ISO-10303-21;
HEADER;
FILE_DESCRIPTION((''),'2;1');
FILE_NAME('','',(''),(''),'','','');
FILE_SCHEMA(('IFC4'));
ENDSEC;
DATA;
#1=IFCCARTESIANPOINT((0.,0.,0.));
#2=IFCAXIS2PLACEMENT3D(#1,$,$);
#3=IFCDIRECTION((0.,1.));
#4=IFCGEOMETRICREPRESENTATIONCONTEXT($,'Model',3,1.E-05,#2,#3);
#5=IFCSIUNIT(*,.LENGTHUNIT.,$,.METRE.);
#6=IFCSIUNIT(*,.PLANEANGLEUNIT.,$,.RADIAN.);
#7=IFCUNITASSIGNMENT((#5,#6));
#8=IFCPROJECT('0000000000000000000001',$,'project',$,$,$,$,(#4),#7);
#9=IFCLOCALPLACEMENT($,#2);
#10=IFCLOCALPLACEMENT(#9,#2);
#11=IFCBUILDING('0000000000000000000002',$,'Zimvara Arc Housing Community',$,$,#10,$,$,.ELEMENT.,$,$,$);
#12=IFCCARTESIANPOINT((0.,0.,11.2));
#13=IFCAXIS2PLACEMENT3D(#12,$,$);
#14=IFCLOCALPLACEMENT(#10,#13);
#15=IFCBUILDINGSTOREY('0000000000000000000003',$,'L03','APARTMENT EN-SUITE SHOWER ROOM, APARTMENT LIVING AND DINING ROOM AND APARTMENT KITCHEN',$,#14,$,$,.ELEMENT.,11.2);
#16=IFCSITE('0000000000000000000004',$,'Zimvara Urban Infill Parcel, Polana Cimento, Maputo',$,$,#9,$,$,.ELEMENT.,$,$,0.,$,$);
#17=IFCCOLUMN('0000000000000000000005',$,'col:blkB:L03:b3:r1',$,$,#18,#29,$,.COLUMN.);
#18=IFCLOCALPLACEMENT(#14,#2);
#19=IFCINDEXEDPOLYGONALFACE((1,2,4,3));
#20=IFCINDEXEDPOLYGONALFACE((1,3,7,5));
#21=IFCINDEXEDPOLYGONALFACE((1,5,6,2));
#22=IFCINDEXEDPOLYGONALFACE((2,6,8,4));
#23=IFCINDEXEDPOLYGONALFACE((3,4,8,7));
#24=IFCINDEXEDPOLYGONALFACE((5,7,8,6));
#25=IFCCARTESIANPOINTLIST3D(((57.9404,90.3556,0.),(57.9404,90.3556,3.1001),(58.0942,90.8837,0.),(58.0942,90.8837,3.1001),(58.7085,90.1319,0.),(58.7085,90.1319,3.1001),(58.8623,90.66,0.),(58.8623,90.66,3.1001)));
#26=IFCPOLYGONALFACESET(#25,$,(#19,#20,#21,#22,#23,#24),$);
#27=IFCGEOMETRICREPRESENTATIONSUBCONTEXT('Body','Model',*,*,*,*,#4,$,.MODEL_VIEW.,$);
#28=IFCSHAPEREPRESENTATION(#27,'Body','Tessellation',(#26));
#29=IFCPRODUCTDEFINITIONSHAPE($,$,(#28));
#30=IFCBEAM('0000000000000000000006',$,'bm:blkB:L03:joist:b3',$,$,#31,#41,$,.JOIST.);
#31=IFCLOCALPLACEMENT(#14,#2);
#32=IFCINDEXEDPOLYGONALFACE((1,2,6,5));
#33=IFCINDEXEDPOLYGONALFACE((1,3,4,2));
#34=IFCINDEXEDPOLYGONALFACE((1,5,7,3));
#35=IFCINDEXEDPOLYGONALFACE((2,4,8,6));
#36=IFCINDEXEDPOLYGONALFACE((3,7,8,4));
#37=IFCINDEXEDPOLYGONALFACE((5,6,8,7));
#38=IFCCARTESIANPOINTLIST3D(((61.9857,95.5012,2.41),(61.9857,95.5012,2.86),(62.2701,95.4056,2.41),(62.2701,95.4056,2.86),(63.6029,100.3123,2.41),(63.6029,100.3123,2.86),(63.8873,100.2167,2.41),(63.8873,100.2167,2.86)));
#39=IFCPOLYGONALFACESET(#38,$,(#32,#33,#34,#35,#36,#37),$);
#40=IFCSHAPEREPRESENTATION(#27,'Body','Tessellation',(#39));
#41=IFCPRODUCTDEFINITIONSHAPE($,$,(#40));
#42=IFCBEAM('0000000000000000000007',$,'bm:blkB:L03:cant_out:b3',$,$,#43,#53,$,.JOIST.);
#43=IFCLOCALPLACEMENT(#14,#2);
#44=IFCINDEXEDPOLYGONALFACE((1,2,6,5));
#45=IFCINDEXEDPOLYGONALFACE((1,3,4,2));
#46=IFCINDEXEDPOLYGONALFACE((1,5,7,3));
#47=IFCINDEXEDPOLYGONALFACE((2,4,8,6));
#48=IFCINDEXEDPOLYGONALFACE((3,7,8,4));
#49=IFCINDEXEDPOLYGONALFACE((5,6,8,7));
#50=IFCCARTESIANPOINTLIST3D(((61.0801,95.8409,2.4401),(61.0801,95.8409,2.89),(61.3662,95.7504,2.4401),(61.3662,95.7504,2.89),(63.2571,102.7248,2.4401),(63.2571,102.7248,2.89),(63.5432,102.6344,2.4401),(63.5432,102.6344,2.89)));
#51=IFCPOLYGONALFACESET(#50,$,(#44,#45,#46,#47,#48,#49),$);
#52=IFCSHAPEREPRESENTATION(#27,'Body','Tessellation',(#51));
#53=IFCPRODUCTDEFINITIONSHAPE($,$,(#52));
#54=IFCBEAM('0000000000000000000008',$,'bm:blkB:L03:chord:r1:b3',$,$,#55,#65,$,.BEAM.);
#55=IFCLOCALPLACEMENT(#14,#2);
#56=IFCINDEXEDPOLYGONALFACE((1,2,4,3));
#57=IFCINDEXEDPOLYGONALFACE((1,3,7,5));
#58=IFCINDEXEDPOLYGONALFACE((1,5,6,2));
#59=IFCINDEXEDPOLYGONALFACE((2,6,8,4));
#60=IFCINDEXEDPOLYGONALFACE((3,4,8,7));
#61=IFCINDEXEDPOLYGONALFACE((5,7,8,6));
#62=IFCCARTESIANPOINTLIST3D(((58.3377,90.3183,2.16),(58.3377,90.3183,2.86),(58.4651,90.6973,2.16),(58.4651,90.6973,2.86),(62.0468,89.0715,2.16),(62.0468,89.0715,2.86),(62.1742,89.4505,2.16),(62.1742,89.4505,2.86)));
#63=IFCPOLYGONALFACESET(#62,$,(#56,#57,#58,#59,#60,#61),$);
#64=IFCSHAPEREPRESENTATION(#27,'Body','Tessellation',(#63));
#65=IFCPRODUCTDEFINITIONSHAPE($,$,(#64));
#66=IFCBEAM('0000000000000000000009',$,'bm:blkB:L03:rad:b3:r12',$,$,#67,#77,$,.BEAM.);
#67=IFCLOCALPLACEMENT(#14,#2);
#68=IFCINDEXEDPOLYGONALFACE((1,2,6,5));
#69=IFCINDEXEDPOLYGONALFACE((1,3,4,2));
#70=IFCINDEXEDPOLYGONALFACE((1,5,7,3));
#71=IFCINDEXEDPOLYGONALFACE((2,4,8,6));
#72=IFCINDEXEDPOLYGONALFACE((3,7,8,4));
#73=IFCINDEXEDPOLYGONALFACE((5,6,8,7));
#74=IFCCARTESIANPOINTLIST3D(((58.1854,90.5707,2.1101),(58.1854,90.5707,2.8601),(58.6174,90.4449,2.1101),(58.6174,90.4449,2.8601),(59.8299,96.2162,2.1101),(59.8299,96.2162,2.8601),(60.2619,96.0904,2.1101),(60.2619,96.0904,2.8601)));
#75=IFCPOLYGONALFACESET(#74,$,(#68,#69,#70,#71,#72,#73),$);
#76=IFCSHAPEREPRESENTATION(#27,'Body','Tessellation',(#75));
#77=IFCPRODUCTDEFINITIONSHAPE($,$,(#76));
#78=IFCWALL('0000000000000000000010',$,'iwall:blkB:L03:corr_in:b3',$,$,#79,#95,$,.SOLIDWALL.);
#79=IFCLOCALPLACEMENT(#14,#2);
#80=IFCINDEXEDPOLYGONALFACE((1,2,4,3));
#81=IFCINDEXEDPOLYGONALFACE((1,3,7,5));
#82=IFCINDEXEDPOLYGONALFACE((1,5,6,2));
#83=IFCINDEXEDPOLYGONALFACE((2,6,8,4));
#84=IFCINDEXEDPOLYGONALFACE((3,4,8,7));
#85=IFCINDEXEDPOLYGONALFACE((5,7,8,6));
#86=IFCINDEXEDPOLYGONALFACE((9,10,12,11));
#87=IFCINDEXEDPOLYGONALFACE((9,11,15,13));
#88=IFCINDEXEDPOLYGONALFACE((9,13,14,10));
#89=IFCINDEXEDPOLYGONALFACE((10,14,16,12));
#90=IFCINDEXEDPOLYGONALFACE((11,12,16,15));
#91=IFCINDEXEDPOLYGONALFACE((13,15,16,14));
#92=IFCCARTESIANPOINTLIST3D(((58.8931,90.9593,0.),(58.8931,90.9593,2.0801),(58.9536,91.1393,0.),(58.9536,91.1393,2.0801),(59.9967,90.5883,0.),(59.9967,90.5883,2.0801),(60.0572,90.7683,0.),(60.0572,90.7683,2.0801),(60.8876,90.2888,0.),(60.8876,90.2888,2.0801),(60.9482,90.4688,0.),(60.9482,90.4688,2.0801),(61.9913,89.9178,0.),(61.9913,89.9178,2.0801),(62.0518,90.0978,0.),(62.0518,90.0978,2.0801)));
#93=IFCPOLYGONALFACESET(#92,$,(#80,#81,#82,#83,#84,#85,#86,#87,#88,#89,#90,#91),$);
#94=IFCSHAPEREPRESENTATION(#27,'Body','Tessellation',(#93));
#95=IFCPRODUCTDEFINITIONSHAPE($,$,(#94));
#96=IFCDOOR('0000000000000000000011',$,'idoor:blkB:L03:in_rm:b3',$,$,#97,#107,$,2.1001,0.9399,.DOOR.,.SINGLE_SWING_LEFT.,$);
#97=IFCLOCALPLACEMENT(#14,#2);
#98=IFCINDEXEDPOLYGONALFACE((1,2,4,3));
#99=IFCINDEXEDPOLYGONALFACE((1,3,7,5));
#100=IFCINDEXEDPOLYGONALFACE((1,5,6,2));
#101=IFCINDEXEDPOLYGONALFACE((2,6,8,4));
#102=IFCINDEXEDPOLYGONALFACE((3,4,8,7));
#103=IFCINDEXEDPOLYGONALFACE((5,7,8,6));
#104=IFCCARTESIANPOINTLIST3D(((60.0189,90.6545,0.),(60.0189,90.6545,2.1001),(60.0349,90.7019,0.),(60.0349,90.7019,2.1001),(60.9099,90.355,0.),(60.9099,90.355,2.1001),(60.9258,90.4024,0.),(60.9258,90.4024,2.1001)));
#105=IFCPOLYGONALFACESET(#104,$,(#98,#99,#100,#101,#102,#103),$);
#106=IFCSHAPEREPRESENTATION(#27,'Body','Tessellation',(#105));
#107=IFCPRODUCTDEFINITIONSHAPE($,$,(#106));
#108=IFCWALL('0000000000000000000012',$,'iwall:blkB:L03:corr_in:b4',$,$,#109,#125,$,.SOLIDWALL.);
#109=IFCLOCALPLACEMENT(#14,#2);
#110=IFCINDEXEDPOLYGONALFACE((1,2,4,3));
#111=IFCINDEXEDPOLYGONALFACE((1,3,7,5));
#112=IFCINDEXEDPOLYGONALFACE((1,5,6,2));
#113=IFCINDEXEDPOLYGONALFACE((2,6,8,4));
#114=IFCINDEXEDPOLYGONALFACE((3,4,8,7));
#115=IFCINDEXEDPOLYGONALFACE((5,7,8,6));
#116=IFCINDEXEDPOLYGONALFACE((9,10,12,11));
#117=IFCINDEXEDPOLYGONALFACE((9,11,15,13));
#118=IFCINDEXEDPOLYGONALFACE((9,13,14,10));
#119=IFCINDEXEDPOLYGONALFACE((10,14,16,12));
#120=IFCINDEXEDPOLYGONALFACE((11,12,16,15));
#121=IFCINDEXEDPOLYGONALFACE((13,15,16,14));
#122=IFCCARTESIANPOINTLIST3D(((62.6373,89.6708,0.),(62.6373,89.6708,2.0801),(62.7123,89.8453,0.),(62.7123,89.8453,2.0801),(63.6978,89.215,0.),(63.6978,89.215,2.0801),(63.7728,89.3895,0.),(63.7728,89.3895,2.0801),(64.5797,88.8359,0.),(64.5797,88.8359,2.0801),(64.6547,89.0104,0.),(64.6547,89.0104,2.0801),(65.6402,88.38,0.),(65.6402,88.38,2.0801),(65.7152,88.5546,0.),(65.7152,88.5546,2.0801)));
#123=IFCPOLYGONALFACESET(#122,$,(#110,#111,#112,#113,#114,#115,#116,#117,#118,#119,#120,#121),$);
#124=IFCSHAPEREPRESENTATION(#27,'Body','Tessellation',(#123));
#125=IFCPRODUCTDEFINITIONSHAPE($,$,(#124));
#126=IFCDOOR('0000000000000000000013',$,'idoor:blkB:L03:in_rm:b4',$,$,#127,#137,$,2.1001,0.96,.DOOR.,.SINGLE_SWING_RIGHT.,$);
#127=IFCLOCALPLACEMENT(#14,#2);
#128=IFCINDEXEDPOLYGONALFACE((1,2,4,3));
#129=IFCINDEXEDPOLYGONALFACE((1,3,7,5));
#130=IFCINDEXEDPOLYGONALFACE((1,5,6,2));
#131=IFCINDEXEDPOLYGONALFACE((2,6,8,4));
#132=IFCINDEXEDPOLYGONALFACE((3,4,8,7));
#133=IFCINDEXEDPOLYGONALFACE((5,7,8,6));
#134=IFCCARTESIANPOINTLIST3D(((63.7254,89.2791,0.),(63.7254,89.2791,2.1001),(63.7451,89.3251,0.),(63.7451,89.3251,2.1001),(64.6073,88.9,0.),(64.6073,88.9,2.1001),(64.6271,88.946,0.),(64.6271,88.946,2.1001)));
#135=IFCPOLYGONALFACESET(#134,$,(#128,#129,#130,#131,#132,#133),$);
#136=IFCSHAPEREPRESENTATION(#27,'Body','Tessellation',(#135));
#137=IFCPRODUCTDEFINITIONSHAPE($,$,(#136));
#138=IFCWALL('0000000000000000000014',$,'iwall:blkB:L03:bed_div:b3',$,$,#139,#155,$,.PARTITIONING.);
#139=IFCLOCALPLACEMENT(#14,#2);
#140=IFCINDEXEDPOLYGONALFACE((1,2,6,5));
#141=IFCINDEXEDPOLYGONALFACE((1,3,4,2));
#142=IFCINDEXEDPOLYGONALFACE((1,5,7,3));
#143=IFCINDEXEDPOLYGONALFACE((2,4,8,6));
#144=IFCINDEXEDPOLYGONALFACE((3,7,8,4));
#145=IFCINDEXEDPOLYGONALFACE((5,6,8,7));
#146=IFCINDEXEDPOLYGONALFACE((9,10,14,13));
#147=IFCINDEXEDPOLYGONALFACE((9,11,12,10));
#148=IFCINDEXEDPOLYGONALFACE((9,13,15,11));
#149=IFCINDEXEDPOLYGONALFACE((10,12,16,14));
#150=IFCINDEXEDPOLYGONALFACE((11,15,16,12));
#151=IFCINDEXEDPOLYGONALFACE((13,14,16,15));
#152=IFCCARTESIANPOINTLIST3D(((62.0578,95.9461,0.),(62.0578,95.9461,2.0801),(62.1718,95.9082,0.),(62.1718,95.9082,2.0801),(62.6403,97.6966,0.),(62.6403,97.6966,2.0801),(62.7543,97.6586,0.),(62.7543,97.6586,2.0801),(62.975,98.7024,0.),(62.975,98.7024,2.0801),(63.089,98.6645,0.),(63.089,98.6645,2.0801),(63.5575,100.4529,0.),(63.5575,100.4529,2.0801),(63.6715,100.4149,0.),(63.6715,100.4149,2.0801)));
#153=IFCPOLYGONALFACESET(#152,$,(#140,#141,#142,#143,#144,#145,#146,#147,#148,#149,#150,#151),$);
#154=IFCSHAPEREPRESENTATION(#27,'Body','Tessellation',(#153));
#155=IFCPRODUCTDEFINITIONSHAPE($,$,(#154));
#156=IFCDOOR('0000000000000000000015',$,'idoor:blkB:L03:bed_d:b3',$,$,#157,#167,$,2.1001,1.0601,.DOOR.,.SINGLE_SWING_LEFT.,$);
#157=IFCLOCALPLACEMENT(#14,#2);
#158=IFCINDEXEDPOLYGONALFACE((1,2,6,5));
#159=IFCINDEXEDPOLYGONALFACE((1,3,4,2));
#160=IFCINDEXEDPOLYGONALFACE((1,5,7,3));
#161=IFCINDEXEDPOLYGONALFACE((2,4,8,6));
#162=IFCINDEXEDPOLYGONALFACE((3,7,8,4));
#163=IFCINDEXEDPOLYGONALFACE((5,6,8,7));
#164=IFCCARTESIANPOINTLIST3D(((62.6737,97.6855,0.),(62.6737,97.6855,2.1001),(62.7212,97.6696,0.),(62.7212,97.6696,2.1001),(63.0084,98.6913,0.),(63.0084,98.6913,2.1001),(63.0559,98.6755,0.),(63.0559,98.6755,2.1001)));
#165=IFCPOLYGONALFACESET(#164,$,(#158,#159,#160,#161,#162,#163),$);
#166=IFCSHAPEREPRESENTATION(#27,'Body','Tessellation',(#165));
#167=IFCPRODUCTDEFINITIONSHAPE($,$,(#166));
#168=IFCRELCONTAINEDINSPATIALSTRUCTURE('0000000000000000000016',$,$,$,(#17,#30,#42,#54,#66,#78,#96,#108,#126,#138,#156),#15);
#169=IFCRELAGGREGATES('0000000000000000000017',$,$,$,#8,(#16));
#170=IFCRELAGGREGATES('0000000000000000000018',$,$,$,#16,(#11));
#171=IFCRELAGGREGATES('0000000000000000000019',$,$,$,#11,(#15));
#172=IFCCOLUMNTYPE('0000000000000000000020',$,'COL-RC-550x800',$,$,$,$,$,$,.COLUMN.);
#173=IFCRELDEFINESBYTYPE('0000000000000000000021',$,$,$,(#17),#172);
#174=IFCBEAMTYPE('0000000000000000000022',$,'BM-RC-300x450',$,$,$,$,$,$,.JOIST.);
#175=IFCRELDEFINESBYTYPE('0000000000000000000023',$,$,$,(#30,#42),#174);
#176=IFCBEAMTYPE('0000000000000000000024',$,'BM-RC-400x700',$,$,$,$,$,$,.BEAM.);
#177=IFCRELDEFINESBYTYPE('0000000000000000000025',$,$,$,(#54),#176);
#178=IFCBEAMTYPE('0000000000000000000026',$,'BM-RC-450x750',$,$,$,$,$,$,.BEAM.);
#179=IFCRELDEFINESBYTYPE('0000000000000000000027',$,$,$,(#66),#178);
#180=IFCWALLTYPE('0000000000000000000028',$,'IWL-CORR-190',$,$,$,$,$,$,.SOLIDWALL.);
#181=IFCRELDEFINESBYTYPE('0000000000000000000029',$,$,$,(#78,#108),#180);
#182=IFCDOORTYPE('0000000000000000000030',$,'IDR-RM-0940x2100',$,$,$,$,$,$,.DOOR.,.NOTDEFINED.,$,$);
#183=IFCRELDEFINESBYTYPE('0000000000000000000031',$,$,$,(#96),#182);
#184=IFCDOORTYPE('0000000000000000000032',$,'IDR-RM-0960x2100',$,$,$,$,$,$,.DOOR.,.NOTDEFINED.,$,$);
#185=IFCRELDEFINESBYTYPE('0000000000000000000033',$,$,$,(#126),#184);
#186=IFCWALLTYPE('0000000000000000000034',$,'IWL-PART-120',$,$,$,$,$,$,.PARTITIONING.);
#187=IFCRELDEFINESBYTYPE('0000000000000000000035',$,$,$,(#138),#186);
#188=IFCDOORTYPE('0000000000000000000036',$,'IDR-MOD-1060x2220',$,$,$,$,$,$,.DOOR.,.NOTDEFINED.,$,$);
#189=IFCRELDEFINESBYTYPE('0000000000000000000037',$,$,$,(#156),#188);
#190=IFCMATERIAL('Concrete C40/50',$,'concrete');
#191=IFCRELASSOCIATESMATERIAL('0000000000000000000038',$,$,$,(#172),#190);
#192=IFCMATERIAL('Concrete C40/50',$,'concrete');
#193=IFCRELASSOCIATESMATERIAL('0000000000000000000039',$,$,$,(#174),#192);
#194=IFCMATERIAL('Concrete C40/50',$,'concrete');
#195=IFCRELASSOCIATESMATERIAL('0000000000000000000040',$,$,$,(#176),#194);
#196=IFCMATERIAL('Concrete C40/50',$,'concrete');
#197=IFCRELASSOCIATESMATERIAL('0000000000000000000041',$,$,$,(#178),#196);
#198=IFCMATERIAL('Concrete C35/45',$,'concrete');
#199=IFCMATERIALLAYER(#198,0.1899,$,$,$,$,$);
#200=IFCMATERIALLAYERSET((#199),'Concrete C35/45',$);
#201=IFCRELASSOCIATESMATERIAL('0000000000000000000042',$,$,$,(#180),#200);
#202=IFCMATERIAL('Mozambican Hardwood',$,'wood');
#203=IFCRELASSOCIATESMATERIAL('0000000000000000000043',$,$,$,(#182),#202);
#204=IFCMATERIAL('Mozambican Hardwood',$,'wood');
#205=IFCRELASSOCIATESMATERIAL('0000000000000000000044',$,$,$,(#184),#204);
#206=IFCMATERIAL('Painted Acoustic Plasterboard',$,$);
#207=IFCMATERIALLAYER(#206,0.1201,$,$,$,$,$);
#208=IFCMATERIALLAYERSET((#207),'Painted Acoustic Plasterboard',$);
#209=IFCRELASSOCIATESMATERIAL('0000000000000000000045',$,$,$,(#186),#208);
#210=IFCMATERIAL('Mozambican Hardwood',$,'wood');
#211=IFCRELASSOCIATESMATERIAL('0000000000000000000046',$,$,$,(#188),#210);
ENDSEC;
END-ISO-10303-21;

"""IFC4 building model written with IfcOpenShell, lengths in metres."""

from ifc_helpers import new_model, si_unit, direction, frame, frame_2d, origin, origin_2d, place, context, subcontext, project, spatial, rectangle, extrude, material, layer, layer_set, material_profile, profile_set, type_object, element, fill, save


model = new_model("IFC4")

# Units and contexts
model_context = context("Model", 3, precision=1e-05, world=origin(), true_north=direction((0.0, 1.0)))
body_context = subcontext(model_context, "Body", "Model", "MODEL_VIEW")
ifc_project = project(units=[si_unit("LENGTHUNIT", "METRE"), si_unit("PLANEANGLEUNIT", "RADIAN")], contexts=[model_context])

# Site, building, storey
site_placement = place(None, origin())
site = spatial("IfcSite", under=ifc_project, at=site_placement, Name="Zimvara Urban Infill Parcel, Polana Cimento, Maputo", CompositionType="ELEMENT", RefElevation=0.0)
building_placement = place(site_placement, origin())
building = spatial("IfcBuilding", under=site, at=building_placement, Name="Zimvara Arc Housing Community", CompositionType="ELEMENT")
storey_placement = place(building_placement, frame((0.0, 0.0, 11.2)))
storey = spatial("IfcBuildingStorey", under=building, at=storey_placement, Name="L03", Description="APARTMENT EN-SUITE SHOWER ROOM, APARTMENT LIVING AND DINING ROOM AND APARTMENT KITCHEN", CompositionType="ELEMENT", Elevation=11.2)

# Column
ifc_material_1 = material(Name="Concrete C40/50", Category="concrete")
ifc_material_profile_1 = material_profile(ifc_material_1, rectangle(XDim=0.55, YDim=0.8, at=origin_2d()), Name="RC 550x800")
ifc_profile_set_1 = profile_set([ifc_material_profile_1], Name="Concrete C40/50")
column_type = type_object("IfcColumnType", Name="COL-RC-550x800", PredefinedType="COLUMN", material=ifc_profile_set_1)
column_placement = place(storey_placement, frame((58.4014, 90.5078, 0.0), z_axis=(0.0, 0.0, 1.0), x_axis=(0.279661, 0.960099, 0.0)))
element("IfcColumn", 1, at=column_placement, inside=storey, type_object=column_type, Name="col:blkB:L03:b3:r1", PredefinedType="COLUMN", context=body_context, shape_type="SweptSolid", body=[
    extrude(rectangle(XDim=0.55, YDim=0.8, at=origin_2d()), origin(), (0.0, 0.0, 1.0), 3.1001),
])

# Beams
ifc_material_2 = material(Name="Concrete C40/50", Category="concrete")
ifc_material_profile_2 = material_profile(ifc_material_2, rectangle(XDim=0.3, YDim=0.45, at=origin_2d()), Name="RC 300x450")
ifc_profile_set_2 = profile_set([ifc_material_profile_2], Name="Concrete C40/50")
beam_type_1 = type_object("IfcBeamType", Name="BM-RC-300x450", PredefinedType="JOIST", material=ifc_profile_set_2)
beam_1_placement = place(storey_placement, frame((62.1279, 95.4534, 2.635), z_axis=(0.318608, 0.947887, 0.0), x_axis=(-0.947887, 0.318608, 0.0)))
element("IfcBeam", 2, at=beam_1_placement, inside=storey, type_object=beam_type_1, Name="bm:blkB:L03:joist:b3", PredefinedType="JOIST", context=body_context, shape_type="SweptSolid", body=[
    extrude(rectangle(XDim=0.3, YDim=0.45, at=origin_2d()), origin(), (0.0, 0.0, 1.0), 5.0757),
])
beam_2_placement = place(storey_placement, frame((61.2231, 95.7957, 2.665), z_axis=(0.301521, 0.953459, 0.0), x_axis=(-0.953459, 0.301521, 0.0)))
element("IfcBeam", 3, at=beam_2_placement, inside=storey, type_object=beam_type_1, Name="bm:blkB:L03:cant_out:b3", PredefinedType="JOIST", context=body_context, shape_type="SweptSolid", body=[
    extrude(rectangle(XDim=0.3, YDim=0.45, at=origin_2d()), origin(), (0.0, 0.0, 1.0), 7.22),
])
ifc_material_3 = material(Name="Concrete C40/50", Category="concrete")
ifc_material_profile_3 = material_profile(ifc_material_3, rectangle(XDim=0.3999, YDim=0.7, at=origin_2d()), Name="RC 400x700")
ifc_profile_set_3 = profile_set([ifc_material_profile_3], Name="Concrete C40/50")
beam_type_2 = type_object("IfcBeamType", Name="BM-RC-400x700", PredefinedType="BEAM", material=ifc_profile_set_3)
beam_3_placement = place(storey_placement, frame((58.4014, 90.5078, 2.51), z_axis=(0.947882, -0.318623, 0.0), x_axis=(0.318623, 0.947882, 0.0)))
element("IfcBeam", 4, at=beam_3_placement, inside=storey, type_object=beam_type_2, Name="bm:blkB:L03:chord:r1:b3", PredefinedType="BEAM", context=body_context, shape_type="SweptSolid", body=[
    extrude(rectangle(XDim=0.3999, YDim=0.7, at=origin_2d()), origin(), (0.0, 0.0, 1.0), 3.9131),
])
ifc_material_4 = material(Name="Concrete C40/50", Category="concrete")
ifc_material_profile_4 = material_profile(ifc_material_4, rectangle(XDim=0.45, YDim=0.75, at=origin_2d()), Name="RC 450x750")
ifc_profile_set_4 = profile_set([ifc_material_profile_4], Name="Concrete C40/50")
beam_type_3 = type_object("IfcBeamType", Name="BM-RC-450x750", PredefinedType="BEAM", material=ifc_profile_set_4)
beam_4_placement = place(storey_placement, frame((58.4014, 90.5078, 2.4851), z_axis=(0.279675, 0.960095, 0.0), x_axis=(-0.960095, 0.279675, 0.0)))
element("IfcBeam", 5, at=beam_4_placement, inside=storey, type_object=beam_type_3, Name="bm:blkB:L03:rad:b3:r12", PredefinedType="BEAM", context=body_context, shape_type="SweptSolid", body=[
    extrude(rectangle(XDim=0.45, YDim=0.75, at=origin_2d()), origin(), (0.0, 0.0, 1.0), 5.8801),
])

# Wall, opening, door
ifc_material_5 = material(Name="Concrete C35/45", Category="concrete")
ifc_layer_1 = layer(ifc_material_5, 0.1899)
ifc_layer_set_1 = layer_set([ifc_layer_1], Name="Concrete C35/45")
wall_type_1 = type_object("IfcWallType", Name="IWL-CORR-190", PredefinedType="SOLIDWALL", material=ifc_layer_set_1)
wall_1_placement = place(storey_placement, frame((58.9233, 91.0493, 0.0), z_axis=(0.0, 0.0, 1.0), x_axis=(0.947874, -0.318647, 0.0)))
wall_1 = element("IfcWall", 6, at=wall_1_placement, inside=storey, type_object=wall_type_1, Name="iwall:blkB:L03:corr_in:b3", PredefinedType="SOLIDWALL", context=body_context, shape_type="SweptSolid", body=[
    extrude(rectangle(XDim=3.2686, YDim=0.1899, at=frame_2d((1.6343, 0.0))), origin(), (0.0, 0.0, 1.0), 2.0801),
])
opening_1_placement = place(wall_1_placement, frame((1.1643, 0.0, 0.0)))
opening_1 = element("IfcOpeningElement", 7, at=opening_1_placement, cuts=wall_1, PredefinedType="OPENING", context=body_context, shape_type="SweptSolid", body=[
    extrude(rectangle(XDim=0.9399, YDim=2.1001, at=frame_2d((0.47, 1.05))), frame((0.0, 0.105, 0.0), z_axis=(0.0, -1.0, 0.0), x_axis=(1.0, 0.0, 0.0)), (0.0, 0.0, 1.0), 0.21),
])
ifc_material_6 = material(Name="Mozambican Hardwood", Category="wood")
door_type_1 = type_object("IfcDoorType", Name="IDR-RM-0940x2100", OperationType="NOTDEFINED", PredefinedType="DOOR", material=ifc_material_6)
door_1_placement = place(opening_1_placement, origin())
door_1 = element("IfcDoor", 8, at=door_1_placement, inside=storey, type_object=door_type_1, Name="idoor:blkB:L03:in_rm:b3", OperationType="SINGLE_SWING_LEFT", OverallHeight=2.1001, OverallWidth=0.9399, PredefinedType="DOOR", context=body_context, shape_type="SweptSolid", body=[
    extrude(rectangle(XDim=0.9399, YDim=2.1001, at=frame_2d((0.47, 1.05))), frame((0.0, 0.0249, 0.0), z_axis=(0.0, -1.0, 0.0), x_axis=(1.0, 0.0, 0.0)), (0.0, 0.0, 1.0), 0.05),
])
fill(opening_1, door_1)

# Walls, openings, doors
wall_2_placement = place(storey_placement, frame((62.6748, 89.7581, 0.0), z_axis=(0.0, 0.0, 1.0), x_axis=(0.918723, -0.394902, 0.0)))
wall_2 = element("IfcWall", 9, at=wall_2_placement, inside=storey, type_object=wall_type_1, Name="iwall:blkB:L03:corr_in:b4", PredefinedType="SOLIDWALL", context=body_context, shape_type="SweptSolid", body=[
    extrude(rectangle(XDim=3.2686, YDim=0.1899, at=frame_2d((1.6343, 0.0))), origin(), (0.0, 0.0, 1.0), 2.0801),
])
opening_2_placement = place(wall_2_placement, frame((1.1543, 0.0, 0.0)))
opening_2 = element("IfcOpeningElement", 10, at=opening_2_placement, cuts=wall_2, PredefinedType="OPENING", context=body_context, shape_type="SweptSolid", body=[
    extrude(rectangle(XDim=0.96, YDim=2.1001, at=frame_2d((0.48, 1.05))), frame((0.0, 0.105, 0.0), z_axis=(0.0, -1.0, 0.0), x_axis=(1.0, 0.0, 0.0)), (0.0, 0.0, 1.0), 0.21),
])
ifc_material_7 = material(Name="Mozambican Hardwood", Category="wood")
door_type_2 = type_object("IfcDoorType", Name="IDR-RM-0960x2100", OperationType="NOTDEFINED", PredefinedType="DOOR", material=ifc_material_7)
door_2_placement = place(opening_2_placement, origin())
door_2 = element("IfcDoor", 11, at=door_2_placement, inside=storey, type_object=door_type_2, Name="idoor:blkB:L03:in_rm:b4", OperationType="SINGLE_SWING_RIGHT", OverallHeight=2.1001, OverallWidth=0.96, PredefinedType="DOOR", context=body_context, shape_type="SweptSolid", body=[
    extrude(rectangle(XDim=0.96, YDim=2.1001, at=frame_2d((0.48, 1.05))), frame((0.0, 0.0249, 0.0), z_axis=(0.0, -1.0, 0.0), x_axis=(1.0, 0.0, 0.0)), (0.0, 0.0, 1.0), 0.05),
])
fill(opening_2, door_2)
ifc_material_8 = material(Name="Painted Acoustic Plasterboard")
ifc_layer_2 = layer(ifc_material_8, 0.1201)
ifc_layer_set_2 = layer_set([ifc_layer_2], Name="Painted Acoustic Plasterboard")
wall_type_2 = type_object("IfcWallType", Name="IWL-PART-120", PredefinedType="PARTITIONING", material=ifc_layer_set_2)
wall_3_placement = place(storey_placement, frame((62.1147, 95.927, 0.0), z_axis=(0.0, 0.0, 1.0), x_axis=(0.31575, 0.948843, 0.0)))
wall_3 = element("IfcWall", 12, at=wall_3_placement, inside=storey, type_object=wall_type_2, Name="iwall:blkB:L03:bed_div:b3", PredefinedType="PARTITIONING", context=body_context, shape_type="SweptSolid", body=[
    extrude(rectangle(XDim=4.7498, YDim=0.1201, at=frame_2d((2.375, 0.0))), origin(), (0.0, 0.0, 1.0), 2.0801),
])
opening_3_placement = place(wall_3_placement, frame((1.845, 0.0, 0.0)))
opening_3 = element("IfcOpeningElement", 13, at=opening_3_placement, cuts=wall_3, PredefinedType="OPENING", context=body_context, shape_type="SweptSolid", body=[
    extrude(rectangle(XDim=1.0601, YDim=2.1001, at=frame_2d((0.53, 1.05))), frame((0.0, 0.0701, 0.0), z_axis=(0.0, -1.0, 0.0), x_axis=(1.0, 0.0, 0.0)), (0.0, 0.0, 1.0), 0.1401),
])
ifc_material_9 = material(Name="Mozambican Hardwood", Category="wood")
door_type_3 = type_object("IfcDoorType", Name="IDR-MOD-1060x2220", OperationType="NOTDEFINED", PredefinedType="DOOR", material=ifc_material_9)
door_3_placement = place(opening_3_placement, origin())
door_3 = element("IfcDoor", 14, at=door_3_placement, inside=storey, type_object=door_type_3, Name="idoor:blkB:L03:bed_d:b3", OperationType="SINGLE_SWING_LEFT", OverallHeight=2.1001, OverallWidth=1.0601, PredefinedType="DOOR", context=body_context, shape_type="SweptSolid", body=[
    extrude(rectangle(XDim=1.0601, YDim=2.1001, at=frame_2d((0.53, 1.05))), frame((0.0, 0.0249, 0.0), z_axis=(0.0, -1.0, 0.0), x_axis=(1.0, 0.0, 0.0)), (0.0, 0.0, 1.0), 0.05),
])
fill(opening_3, door_3)

save(model, "model.ifc")
